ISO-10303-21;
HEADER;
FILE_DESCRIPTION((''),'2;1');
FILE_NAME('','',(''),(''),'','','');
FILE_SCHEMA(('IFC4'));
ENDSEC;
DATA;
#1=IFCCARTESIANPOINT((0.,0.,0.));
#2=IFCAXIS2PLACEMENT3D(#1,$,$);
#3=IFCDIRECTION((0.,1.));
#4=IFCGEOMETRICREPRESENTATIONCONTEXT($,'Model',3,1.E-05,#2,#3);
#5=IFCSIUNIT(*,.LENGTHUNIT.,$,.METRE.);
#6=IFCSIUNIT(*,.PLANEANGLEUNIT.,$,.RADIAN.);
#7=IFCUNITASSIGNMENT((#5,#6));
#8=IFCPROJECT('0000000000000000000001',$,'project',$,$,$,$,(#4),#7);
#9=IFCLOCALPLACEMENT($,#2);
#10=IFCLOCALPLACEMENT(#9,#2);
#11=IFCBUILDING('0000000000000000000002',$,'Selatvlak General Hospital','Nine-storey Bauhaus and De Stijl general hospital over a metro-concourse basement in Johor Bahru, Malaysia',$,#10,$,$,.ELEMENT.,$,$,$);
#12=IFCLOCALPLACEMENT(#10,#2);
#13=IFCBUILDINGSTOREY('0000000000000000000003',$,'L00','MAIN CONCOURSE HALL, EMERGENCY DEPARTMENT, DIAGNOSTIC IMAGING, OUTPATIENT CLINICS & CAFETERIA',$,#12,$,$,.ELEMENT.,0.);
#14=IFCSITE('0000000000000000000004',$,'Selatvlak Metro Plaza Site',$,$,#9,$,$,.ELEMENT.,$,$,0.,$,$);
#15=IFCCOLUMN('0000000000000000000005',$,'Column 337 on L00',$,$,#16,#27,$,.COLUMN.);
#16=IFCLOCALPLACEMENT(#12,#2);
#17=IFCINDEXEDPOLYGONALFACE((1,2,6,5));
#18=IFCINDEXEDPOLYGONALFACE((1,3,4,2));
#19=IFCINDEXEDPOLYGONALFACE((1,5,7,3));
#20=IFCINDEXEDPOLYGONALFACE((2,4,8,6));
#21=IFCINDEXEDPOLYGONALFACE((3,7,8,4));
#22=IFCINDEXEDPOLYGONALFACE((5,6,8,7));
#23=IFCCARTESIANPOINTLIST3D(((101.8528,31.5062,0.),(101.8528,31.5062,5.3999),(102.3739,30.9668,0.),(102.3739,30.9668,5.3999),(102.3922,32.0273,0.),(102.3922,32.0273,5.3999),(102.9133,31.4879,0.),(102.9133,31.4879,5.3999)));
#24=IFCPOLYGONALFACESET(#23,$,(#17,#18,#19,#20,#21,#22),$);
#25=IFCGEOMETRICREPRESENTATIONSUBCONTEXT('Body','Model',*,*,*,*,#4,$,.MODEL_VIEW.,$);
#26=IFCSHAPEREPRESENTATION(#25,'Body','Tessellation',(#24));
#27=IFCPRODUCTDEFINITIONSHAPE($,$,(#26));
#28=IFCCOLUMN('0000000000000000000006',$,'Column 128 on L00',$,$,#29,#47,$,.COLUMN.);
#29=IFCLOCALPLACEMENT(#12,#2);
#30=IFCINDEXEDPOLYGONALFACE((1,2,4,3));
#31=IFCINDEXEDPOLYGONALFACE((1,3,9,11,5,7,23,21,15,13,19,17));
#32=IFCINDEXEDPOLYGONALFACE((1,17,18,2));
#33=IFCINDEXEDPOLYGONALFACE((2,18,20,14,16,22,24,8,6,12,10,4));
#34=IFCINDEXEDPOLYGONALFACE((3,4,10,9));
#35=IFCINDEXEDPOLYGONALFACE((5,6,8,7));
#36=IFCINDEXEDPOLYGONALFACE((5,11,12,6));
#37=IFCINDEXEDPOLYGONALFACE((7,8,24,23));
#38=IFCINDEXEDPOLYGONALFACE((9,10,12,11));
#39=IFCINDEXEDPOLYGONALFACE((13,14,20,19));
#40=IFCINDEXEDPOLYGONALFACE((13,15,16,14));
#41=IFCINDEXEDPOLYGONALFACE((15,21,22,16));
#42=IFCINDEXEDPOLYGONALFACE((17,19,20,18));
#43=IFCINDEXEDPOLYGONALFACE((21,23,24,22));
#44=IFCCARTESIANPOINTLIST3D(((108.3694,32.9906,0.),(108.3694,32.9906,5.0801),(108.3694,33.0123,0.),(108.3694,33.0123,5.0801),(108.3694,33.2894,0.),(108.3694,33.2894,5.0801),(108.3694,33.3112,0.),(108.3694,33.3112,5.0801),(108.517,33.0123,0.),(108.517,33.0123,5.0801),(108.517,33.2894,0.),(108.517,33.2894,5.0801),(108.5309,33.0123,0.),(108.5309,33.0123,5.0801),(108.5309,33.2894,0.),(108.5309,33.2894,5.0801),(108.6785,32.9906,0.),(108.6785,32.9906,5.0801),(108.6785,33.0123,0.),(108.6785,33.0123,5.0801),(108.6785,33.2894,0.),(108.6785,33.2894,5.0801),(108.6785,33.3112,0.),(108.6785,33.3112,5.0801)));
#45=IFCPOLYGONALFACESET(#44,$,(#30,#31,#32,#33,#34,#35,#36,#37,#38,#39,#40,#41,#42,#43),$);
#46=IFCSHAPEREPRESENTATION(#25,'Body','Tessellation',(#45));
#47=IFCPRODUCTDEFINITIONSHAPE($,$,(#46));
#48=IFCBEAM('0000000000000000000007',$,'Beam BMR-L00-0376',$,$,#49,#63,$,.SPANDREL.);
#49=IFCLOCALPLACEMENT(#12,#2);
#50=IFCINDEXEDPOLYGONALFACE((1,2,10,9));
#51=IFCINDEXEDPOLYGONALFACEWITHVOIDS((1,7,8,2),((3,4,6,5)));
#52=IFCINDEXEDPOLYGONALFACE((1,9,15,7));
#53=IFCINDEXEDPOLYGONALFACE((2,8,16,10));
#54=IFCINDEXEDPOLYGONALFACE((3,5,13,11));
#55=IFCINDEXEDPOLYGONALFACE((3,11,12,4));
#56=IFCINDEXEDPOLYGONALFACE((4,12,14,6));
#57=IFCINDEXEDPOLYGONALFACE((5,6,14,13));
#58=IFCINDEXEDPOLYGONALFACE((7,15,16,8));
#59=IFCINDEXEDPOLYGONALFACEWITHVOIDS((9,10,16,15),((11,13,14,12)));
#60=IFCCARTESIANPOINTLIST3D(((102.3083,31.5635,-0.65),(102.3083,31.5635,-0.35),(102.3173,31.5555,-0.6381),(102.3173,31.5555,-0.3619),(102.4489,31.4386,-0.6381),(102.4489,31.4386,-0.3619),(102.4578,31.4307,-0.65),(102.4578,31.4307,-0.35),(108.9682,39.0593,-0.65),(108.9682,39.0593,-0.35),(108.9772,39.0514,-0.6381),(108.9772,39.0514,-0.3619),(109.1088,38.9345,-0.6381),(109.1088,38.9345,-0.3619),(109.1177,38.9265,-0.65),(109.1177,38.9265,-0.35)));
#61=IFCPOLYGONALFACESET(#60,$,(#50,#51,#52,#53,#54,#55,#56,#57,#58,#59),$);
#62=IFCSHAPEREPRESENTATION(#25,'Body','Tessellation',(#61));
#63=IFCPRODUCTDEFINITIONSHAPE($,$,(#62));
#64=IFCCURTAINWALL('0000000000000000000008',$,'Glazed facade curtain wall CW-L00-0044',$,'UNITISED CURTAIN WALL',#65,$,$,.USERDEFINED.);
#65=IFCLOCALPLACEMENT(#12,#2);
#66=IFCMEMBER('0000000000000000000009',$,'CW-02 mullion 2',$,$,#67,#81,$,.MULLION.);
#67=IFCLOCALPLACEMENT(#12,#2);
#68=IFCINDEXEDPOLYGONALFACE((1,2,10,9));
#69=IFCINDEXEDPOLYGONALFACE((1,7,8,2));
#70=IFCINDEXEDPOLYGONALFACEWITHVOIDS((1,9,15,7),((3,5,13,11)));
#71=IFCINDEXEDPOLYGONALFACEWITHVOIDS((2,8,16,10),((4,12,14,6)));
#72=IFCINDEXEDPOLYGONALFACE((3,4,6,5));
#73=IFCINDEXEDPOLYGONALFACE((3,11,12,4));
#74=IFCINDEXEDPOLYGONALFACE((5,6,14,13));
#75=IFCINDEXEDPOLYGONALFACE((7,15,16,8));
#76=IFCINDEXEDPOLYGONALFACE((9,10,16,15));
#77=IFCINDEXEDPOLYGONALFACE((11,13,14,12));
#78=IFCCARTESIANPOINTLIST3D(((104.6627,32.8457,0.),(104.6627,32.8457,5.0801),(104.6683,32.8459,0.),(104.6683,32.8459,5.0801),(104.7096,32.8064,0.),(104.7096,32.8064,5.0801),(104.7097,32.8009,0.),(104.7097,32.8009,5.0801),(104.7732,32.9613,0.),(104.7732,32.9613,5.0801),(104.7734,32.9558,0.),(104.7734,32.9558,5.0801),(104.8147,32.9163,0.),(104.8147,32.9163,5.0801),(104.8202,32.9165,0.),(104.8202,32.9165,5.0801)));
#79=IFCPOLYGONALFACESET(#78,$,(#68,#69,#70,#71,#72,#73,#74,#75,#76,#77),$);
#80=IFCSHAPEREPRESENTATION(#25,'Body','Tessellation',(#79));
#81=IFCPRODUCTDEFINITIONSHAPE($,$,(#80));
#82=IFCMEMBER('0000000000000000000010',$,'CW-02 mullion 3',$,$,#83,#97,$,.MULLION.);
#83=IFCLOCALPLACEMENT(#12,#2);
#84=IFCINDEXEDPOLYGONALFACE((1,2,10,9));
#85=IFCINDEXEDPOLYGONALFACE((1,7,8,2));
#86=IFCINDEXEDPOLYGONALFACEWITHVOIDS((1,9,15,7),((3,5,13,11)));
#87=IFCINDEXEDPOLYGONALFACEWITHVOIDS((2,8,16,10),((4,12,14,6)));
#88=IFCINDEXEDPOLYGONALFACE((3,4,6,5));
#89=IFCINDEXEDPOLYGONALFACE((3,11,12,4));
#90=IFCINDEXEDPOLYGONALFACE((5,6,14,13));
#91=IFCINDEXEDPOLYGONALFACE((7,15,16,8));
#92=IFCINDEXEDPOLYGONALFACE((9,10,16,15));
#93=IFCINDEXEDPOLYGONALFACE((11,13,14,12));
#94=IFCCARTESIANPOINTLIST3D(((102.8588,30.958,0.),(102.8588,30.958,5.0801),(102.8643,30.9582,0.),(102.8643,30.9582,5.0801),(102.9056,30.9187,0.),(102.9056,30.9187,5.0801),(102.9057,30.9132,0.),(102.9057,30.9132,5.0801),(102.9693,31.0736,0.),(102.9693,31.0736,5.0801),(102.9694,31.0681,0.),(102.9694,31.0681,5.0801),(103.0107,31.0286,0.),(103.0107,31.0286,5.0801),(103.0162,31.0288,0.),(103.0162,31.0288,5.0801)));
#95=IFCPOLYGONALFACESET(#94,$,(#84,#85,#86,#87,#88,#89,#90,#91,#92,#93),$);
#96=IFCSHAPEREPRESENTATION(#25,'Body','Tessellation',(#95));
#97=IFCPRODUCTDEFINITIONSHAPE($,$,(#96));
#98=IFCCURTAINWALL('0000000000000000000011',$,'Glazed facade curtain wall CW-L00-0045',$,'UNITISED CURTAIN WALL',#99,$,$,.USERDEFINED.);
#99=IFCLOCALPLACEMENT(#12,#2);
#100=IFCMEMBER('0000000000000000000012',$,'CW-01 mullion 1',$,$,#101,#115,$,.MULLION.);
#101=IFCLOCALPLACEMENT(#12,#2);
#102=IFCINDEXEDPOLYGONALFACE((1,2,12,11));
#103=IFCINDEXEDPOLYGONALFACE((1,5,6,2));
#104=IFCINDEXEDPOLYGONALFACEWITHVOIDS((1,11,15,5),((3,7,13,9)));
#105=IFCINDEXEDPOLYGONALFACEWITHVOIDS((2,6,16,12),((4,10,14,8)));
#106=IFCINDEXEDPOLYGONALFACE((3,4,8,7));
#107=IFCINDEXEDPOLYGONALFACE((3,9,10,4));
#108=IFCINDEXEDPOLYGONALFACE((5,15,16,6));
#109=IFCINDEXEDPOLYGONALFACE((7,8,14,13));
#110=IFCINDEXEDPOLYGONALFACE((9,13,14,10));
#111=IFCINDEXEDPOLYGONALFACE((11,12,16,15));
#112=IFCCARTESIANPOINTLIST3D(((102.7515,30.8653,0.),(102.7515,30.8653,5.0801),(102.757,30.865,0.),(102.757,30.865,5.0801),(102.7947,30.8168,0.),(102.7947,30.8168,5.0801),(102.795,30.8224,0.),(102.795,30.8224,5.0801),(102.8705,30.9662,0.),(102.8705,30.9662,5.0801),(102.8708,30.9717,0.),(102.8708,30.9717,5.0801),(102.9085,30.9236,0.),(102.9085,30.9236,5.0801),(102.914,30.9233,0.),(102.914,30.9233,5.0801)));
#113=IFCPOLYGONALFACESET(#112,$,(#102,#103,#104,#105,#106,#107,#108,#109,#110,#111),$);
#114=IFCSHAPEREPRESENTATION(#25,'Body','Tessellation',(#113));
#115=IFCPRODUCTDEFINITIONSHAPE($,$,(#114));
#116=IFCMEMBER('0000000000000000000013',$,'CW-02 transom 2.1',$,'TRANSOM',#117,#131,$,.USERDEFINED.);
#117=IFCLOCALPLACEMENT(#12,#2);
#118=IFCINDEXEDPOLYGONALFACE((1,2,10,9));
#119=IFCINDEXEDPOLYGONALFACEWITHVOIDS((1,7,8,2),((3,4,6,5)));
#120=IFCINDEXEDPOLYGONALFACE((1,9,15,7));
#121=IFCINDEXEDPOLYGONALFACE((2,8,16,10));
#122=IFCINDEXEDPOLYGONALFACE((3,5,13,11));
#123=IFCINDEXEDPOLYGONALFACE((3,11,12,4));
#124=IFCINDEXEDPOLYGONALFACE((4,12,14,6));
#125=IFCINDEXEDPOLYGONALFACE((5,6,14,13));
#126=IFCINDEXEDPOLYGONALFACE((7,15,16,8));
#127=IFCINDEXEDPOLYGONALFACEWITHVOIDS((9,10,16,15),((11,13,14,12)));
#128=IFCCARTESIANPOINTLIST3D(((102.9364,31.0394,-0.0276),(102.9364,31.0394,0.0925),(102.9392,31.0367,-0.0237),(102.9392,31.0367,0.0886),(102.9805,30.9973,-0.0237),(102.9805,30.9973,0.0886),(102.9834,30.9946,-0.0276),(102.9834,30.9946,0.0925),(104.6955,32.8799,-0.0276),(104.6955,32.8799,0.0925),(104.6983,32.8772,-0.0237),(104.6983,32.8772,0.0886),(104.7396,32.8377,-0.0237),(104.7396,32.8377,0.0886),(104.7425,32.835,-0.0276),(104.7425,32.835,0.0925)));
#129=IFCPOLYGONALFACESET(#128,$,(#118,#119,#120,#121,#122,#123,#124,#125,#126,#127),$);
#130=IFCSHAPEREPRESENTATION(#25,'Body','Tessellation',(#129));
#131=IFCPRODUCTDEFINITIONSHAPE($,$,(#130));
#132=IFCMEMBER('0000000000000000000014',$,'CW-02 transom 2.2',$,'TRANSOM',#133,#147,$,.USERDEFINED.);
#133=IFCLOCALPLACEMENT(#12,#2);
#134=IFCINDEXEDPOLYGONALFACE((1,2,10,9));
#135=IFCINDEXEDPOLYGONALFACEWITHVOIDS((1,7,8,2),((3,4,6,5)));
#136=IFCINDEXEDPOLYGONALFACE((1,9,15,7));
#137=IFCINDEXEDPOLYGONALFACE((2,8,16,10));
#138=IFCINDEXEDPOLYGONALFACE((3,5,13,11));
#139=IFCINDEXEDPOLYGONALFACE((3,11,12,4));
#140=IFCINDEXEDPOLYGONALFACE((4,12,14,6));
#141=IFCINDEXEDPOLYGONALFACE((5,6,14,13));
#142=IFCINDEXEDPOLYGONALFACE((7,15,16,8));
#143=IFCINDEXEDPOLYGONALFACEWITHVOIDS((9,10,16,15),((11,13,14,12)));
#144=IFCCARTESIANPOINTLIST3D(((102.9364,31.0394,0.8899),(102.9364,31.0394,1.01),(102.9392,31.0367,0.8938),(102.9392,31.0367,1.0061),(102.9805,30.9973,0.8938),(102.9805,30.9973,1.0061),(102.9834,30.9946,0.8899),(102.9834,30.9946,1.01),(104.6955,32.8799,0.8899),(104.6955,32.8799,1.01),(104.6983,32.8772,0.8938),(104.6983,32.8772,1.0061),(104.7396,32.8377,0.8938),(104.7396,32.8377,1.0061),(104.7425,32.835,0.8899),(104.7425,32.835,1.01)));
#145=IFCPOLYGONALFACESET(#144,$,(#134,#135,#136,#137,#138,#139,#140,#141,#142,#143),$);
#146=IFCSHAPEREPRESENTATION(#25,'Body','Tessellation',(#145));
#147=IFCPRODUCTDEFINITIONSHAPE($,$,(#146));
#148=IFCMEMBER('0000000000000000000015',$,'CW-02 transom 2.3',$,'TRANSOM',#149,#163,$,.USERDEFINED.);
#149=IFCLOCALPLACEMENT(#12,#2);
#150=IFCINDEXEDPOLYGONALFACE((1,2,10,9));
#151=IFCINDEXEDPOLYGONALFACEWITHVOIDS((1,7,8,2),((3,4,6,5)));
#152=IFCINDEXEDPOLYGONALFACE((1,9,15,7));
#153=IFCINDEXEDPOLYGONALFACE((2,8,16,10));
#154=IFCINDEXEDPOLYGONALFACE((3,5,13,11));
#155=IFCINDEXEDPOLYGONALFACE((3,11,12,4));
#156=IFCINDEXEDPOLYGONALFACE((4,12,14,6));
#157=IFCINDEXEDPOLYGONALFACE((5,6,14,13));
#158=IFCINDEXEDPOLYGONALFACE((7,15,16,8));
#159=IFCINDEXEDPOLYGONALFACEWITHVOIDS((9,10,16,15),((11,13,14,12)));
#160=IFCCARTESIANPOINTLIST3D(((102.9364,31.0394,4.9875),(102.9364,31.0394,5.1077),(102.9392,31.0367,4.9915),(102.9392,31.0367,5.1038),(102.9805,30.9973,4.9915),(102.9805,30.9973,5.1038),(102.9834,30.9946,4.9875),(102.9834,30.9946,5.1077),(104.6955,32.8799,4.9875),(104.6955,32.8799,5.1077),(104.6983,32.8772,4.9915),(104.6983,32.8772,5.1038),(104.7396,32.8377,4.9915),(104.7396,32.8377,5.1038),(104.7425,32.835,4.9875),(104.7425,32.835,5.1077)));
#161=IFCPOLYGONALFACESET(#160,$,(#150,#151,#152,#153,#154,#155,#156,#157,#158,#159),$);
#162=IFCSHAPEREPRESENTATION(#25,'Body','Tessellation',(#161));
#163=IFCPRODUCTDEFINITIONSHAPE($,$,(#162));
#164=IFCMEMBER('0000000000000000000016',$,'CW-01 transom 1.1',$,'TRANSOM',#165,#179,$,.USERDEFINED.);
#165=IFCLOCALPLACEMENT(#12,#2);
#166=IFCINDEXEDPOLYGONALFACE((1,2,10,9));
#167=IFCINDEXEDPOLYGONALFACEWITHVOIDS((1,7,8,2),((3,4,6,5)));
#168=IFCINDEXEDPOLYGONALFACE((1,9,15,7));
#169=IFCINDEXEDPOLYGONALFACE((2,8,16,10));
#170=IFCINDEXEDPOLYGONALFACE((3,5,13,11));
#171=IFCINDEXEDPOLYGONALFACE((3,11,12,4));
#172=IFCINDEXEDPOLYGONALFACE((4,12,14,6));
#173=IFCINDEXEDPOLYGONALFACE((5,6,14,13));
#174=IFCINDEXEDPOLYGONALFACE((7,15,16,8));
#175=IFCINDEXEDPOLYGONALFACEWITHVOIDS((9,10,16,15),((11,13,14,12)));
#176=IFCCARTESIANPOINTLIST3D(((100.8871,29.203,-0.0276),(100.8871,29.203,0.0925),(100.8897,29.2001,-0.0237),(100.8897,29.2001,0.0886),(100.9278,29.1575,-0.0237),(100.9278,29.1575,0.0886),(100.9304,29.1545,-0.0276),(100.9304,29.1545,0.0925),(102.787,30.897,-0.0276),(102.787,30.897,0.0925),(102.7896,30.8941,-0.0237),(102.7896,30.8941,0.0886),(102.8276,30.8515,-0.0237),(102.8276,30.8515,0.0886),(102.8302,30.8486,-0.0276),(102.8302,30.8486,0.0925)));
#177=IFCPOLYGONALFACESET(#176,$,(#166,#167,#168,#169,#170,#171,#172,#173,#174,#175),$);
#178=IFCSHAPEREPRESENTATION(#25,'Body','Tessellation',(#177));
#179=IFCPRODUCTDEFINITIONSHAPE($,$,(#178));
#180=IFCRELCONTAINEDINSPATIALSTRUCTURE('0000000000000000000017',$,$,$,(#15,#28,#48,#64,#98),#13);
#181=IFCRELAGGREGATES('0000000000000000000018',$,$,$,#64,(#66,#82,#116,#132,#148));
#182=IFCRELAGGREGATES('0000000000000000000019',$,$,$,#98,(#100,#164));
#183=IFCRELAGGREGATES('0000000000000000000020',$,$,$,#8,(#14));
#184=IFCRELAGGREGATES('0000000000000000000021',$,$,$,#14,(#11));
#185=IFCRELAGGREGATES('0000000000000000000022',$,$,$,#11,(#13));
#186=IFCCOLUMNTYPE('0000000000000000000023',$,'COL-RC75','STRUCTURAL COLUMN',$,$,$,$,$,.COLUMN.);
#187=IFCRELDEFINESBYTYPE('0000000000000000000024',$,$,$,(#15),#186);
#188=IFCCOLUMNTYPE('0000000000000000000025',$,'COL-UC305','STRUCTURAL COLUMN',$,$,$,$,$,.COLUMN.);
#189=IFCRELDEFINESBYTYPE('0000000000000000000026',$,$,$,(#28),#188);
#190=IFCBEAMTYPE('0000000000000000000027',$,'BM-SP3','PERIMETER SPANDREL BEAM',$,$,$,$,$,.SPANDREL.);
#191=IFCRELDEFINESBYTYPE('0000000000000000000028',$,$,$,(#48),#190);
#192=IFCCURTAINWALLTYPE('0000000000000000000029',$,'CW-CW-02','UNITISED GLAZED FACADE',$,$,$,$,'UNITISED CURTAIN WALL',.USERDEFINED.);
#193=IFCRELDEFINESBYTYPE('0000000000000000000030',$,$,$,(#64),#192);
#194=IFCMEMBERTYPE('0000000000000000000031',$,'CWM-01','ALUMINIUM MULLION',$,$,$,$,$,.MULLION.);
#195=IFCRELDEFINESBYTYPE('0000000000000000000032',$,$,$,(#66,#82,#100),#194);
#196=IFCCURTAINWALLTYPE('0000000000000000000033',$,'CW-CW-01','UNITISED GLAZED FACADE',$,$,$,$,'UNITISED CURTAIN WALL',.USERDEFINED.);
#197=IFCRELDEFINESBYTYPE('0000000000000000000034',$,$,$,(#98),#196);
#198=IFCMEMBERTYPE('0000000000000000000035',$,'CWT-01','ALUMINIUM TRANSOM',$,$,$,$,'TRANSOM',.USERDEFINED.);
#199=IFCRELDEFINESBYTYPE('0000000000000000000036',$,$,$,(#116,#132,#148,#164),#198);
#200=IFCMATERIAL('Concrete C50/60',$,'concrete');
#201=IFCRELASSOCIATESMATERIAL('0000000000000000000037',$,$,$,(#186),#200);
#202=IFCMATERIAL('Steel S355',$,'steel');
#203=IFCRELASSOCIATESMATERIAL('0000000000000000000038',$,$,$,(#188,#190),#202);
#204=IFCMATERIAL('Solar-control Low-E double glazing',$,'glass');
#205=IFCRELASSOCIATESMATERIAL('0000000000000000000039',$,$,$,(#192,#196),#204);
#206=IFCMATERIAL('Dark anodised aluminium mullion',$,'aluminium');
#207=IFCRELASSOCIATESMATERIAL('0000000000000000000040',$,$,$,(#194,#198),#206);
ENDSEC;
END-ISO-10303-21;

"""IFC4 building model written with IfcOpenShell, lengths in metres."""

from ifc_helpers import new_model, si_unit, direction, frame, origin, origin_2d, place, context, subcontext, project, spatial, rectangle, hollow_rectangle, i_section, extrude, material, material_profile, profile_set, type_object, element, aggregate, save


model = new_model("IFC4")

# Units and contexts
model_context = context("Model", 3, precision=1e-05, world=origin(), true_north=direction((0.0, 1.0)))
body_context = subcontext(model_context, "Body", "Model", "MODEL_VIEW")
ifc_project = project(units=[si_unit("LENGTHUNIT", "METRE"), si_unit("PLANEANGLEUNIT", "RADIAN")], contexts=[model_context])

# Site, building, storey
site_placement = place(None, origin())
site = spatial("IfcSite", under=ifc_project, at=site_placement, Name="Selatvlak Metro Plaza Site", CompositionType="ELEMENT", RefElevation=0.0)
building_placement = place(site_placement, origin())
building = spatial("IfcBuilding", under=site, at=building_placement, Name="Selatvlak General Hospital", Description="Nine-storey Bauhaus and De Stijl general hospital over a metro-concourse basement in Johor Bahru, Malaysia", CompositionType="ELEMENT")
storey_placement = place(building_placement, origin())
storey = spatial("IfcBuildingStorey", under=building, at=storey_placement, Name="L00", Description="MAIN CONCOURSE HALL, EMERGENCY DEPARTMENT, DIAGNOSTIC IMAGING, OUTPATIENT CLINICS & CAFETERIA", CompositionType="ELEMENT", Elevation=0.0)

# Columns
ifc_material_1 = material(Name="Concrete C50/60", Category="concrete")
ifc_material_profile_1 = material_profile(ifc_material_1, rectangle(XDim=0.75, YDim=0.75, at=origin_2d()), Name="RC-COL 750x750")
ifc_profile_set_1 = profile_set([ifc_material_profile_1], Name="Concrete C50/60")
column_type_1 = type_object("IfcColumnType", Name="COL-RC75", Description="STRUCTURAL COLUMN", PredefinedType="COLUMN", material=ifc_profile_set_1)
column_1_placement = place(storey_placement, frame((102.3831, 31.4971, 0.0), z_axis=(0.0, 0.0, 1.0), x_axis=(-0.694834, 0.71917, 0.0)))
element("IfcColumn", 1, at=column_1_placement, inside=storey, type_object=column_type_1, Name="Column 337 on L00", PredefinedType="COLUMN", context=body_context, shape_type="SweptSolid", body=[
    extrude(rectangle(XDim=0.75, YDim=0.75, at=origin_2d()), origin(), (0.0, 0.0, 1.0), 5.3999),
])
ifc_material_2 = material(Name="Steel S355", Category="steel")
ifc_material_profile_2 = material_profile(ifc_material_2, i_section(OverallWidth=0.3091, OverallDepth=0.3206, WebThickness=0.0139, FlangeThickness=0.0217, at=origin_2d()), Name="UC 305x305x137")
ifc_profile_set_2 = profile_set([ifc_material_profile_2], Name="Steel S355")
column_type_2 = type_object("IfcColumnType", Name="COL-UC305", Description="STRUCTURAL COLUMN", PredefinedType="COLUMN", material=ifc_profile_set_2)
column_2_placement = place(storey_placement, frame((108.5239, 33.1509, 0.0), z_axis=(0.0, 0.0, 1.0), x_axis=(1.0, 0.0, 0.0)))
element("IfcColumn", 2, at=column_2_placement, inside=storey, type_object=column_type_2, Name="Column 128 on L00", PredefinedType="COLUMN", context=body_context, shape_type="SweptSolid", body=[
    extrude(i_section(OverallWidth=0.3091, OverallDepth=0.3206, WebThickness=0.0139, FlangeThickness=0.0217, at=origin_2d()), origin(), (0.0, 0.0, 1.0), 5.0801),
])

# Beam
ifc_material_profile_3 = material_profile(ifc_material_2, hollow_rectangle(XDim=0.2, YDim=0.3, WallThickness=0.012, at=origin_2d()), Name="RHS 300x200x12")
ifc_profile_set_3 = profile_set([ifc_material_profile_3], Name="Steel S355")
beam_type = type_object("IfcBeamType", Name="BM-SP3", Description="PERIMETER SPANDREL BEAM", PredefinedType="SPANDREL", material=ifc_profile_set_3)
beam_placement = place(storey_placement, frame((102.3831, 31.4971, -0.5), z_axis=(0.664193, 0.747561, 0.0), x_axis=(-0.747561, 0.664193, 0.0)))
element("IfcBeam", 3, at=beam_placement, inside=storey, type_object=beam_type, Name="Beam BMR-L00-0376", PredefinedType="SPANDREL", context=body_context, shape_type="SweptSolid", body=[
    extrude(hollow_rectangle(XDim=0.2, YDim=0.3, WallThickness=0.012, at=origin_2d()), origin(), (0.0, 0.0, 1.0), 10.0271),
])

# Curtain wall, members
ifc_material_3 = material(Name="Solar-control Low-E double glazing", Category="glass")
curtain_wall_type_1 = type_object("IfcCurtainWallType", Name="CW-CW-02", Description="UNITISED GLAZED FACADE", ElementType="UNITISED CURTAIN WALL", PredefinedType="USERDEFINED", material=ifc_material_3)
curtain_wall_1_placement = place(storey_placement, origin())
curtain_wall_1 = element("IfcCurtainWall", 4, at=curtain_wall_1_placement, inside=storey, type_object=curtain_wall_type_1, Name="Glazed facade curtain wall CW-L00-0044", ObjectType="UNITISED CURTAIN WALL", PredefinedType="USERDEFINED")
ifc_material_4 = material(Name="Dark anodised aluminium mullion", Category="aluminium")
ifc_material_profile_4 = material_profile(ifc_material_4, hollow_rectangle(XDim=0.0649, YDim=0.1599, WallThickness=0.0039, at=origin_2d()), Name="AL-MUL 65x160x4")
ifc_profile_set_4 = profile_set([ifc_material_profile_4], Name="Dark anodised aluminium mullion")
member_type_1 = type_object("IfcMemberType", Name="CWM-01", Description="ALUMINIUM MULLION", PredefinedType="MULLION", material=ifc_profile_set_4)
member_1_placement = place(storey_placement, frame((104.7415, 32.8811, 0.0), z_axis=(0.0, 0.0, 1.0), x_axis=(0.722909, -0.690943, 0.0)))
member_1 = element("IfcMember", 5, at=member_1_placement, type_object=member_type_1, Name="CW-02 mullion 2", PredefinedType="MULLION", context=body_context, shape_type="SweptSolid", body=[
    extrude(hollow_rectangle(XDim=0.0649, YDim=0.1599, WallThickness=0.0039, at=origin_2d()), origin(), (0.0, 0.0, 1.0), 5.0801),
])
member_2_placement = place(storey_placement, frame((102.9375, 30.9934, 0.0), z_axis=(0.0, 0.0, 1.0), x_axis=(0.722909, -0.690943, 0.0)))
member_2 = element("IfcMember", 6, at=member_2_placement, type_object=member_type_1, Name="CW-02 mullion 3", PredefinedType="MULLION", context=body_context, shape_type="SweptSolid", body=[
    extrude(hollow_rectangle(XDim=0.0649, YDim=0.1599, WallThickness=0.0039, at=origin_2d()), origin(), (0.0, 0.0, 1.0), 5.0801),
])

# Curtain wall, member
curtain_wall_type_2 = type_object("IfcCurtainWallType", Name="CW-CW-01", Description="UNITISED GLAZED FACADE", ElementType="UNITISED CURTAIN WALL", PredefinedType="USERDEFINED", material=ifc_material_3)
curtain_wall_2_placement = place(storey_placement, origin())
curtain_wall_2 = element("IfcCurtainWall", 7, at=curtain_wall_2_placement, inside=storey, type_object=curtain_wall_type_2, Name="Glazed facade curtain wall CW-L00-0045", ObjectType="UNITISED CURTAIN WALL", PredefinedType="USERDEFINED")
member_3_placement = place(storey_placement, frame((102.8328, 30.8943, 0.0), z_axis=(0.0, 0.0, 1.0), x_axis=(0.665561, -0.746344, 0.0)))
member_3 = element("IfcMember", 8, at=member_3_placement, type_object=member_type_1, Name="CW-01 mullion 1", PredefinedType="MULLION", context=body_context, shape_type="SweptSolid", body=[
    extrude(hollow_rectangle(XDim=0.0649, YDim=0.1599, WallThickness=0.0039, at=origin_2d()), origin(), (0.0, 0.0, 1.0), 5.0801),
])

# Members
ifc_material_profile_5 = material_profile(ifc_material_4, hollow_rectangle(XDim=0.0649, YDim=0.1201, WallThickness=0.0039, at=origin_2d()), Name="AL-TRN 65x120x4")
ifc_profile_set_5 = profile_set([ifc_material_profile_5], Name="Dark anodised aluminium mullion")
member_type_2 = type_object("IfcMemberType", Name="CWT-01", Description="ALUMINIUM TRANSOM", ElementType="TRANSOM", PredefinedType="USERDEFINED", material=ifc_profile_set_5)
member_4_placement = place(storey_placement, frame((104.719, 32.8574, 0.0325), z_axis=(-0.690959, -0.722894, 0.0), x_axis=(0.722894, -0.690959, 0.0)))
member_4 = element("IfcMember", 9, at=member_4_placement, type_object=member_type_2, Name="CW-02 transom 2.1", ObjectType="TRANSOM", PredefinedType="USERDEFINED", context=body_context, shape_type="SweptSolid", body=[
    extrude(hollow_rectangle(XDim=0.0649, YDim=0.1201, WallThickness=0.0039, at=origin_2d()), origin(), (0.0, 0.0, 1.0), 2.5459),
])
member_5_placement = place(storey_placement, frame((104.719, 32.8574, 0.95), z_axis=(-0.690959, -0.722894, 0.0), x_axis=(0.722894, -0.690959, 0.0)))
member_5 = element("IfcMember", 10, at=member_5_placement, type_object=member_type_2, Name="CW-02 transom 2.2", ObjectType="TRANSOM", PredefinedType="USERDEFINED", context=body_context, shape_type="SweptSolid", body=[
    extrude(hollow_rectangle(XDim=0.0649, YDim=0.1201, WallThickness=0.0039, at=origin_2d()), origin(), (0.0, 0.0, 1.0), 2.5459),
])
member_6_placement = place(storey_placement, frame((104.719, 32.8574, 5.0476), z_axis=(-0.690959, -0.722894, 0.0), x_axis=(0.722894, -0.690959, 0.0)))
member_6 = element("IfcMember", 11, at=member_6_placement, type_object=member_type_2, Name="CW-02 transom 2.3", ObjectType="TRANSOM", PredefinedType="USERDEFINED", context=body_context, shape_type="SweptSolid", body=[
    extrude(hollow_rectangle(XDim=0.0649, YDim=0.1201, WallThickness=0.0039, at=origin_2d()), origin(), (0.0, 0.0, 1.0), 2.5459),
])
member_7_placement = place(storey_placement, frame((102.8086, 30.8728, 0.0325), z_axis=(-0.746377, -0.665524, 0.0), x_axis=(0.665524, -0.746377, 0.0)))
member_7 = element("IfcMember", 12, at=member_7_placement, type_object=member_type_2, Name="CW-01 transom 1.1", ObjectType="TRANSOM", PredefinedType="USERDEFINED", context=body_context, shape_type="SweptSolid", body=[
    extrude(hollow_rectangle(XDim=0.0649, YDim=0.1201, WallThickness=0.0039, at=origin_2d()), origin(), (0.0, 0.0, 1.0), 2.5454),
])

aggregate(curtain_wall_1, [member_1, member_2, member_4, member_5, member_6])
aggregate(curtain_wall_2, [member_3, member_7])

save(model, "model.ifc")
